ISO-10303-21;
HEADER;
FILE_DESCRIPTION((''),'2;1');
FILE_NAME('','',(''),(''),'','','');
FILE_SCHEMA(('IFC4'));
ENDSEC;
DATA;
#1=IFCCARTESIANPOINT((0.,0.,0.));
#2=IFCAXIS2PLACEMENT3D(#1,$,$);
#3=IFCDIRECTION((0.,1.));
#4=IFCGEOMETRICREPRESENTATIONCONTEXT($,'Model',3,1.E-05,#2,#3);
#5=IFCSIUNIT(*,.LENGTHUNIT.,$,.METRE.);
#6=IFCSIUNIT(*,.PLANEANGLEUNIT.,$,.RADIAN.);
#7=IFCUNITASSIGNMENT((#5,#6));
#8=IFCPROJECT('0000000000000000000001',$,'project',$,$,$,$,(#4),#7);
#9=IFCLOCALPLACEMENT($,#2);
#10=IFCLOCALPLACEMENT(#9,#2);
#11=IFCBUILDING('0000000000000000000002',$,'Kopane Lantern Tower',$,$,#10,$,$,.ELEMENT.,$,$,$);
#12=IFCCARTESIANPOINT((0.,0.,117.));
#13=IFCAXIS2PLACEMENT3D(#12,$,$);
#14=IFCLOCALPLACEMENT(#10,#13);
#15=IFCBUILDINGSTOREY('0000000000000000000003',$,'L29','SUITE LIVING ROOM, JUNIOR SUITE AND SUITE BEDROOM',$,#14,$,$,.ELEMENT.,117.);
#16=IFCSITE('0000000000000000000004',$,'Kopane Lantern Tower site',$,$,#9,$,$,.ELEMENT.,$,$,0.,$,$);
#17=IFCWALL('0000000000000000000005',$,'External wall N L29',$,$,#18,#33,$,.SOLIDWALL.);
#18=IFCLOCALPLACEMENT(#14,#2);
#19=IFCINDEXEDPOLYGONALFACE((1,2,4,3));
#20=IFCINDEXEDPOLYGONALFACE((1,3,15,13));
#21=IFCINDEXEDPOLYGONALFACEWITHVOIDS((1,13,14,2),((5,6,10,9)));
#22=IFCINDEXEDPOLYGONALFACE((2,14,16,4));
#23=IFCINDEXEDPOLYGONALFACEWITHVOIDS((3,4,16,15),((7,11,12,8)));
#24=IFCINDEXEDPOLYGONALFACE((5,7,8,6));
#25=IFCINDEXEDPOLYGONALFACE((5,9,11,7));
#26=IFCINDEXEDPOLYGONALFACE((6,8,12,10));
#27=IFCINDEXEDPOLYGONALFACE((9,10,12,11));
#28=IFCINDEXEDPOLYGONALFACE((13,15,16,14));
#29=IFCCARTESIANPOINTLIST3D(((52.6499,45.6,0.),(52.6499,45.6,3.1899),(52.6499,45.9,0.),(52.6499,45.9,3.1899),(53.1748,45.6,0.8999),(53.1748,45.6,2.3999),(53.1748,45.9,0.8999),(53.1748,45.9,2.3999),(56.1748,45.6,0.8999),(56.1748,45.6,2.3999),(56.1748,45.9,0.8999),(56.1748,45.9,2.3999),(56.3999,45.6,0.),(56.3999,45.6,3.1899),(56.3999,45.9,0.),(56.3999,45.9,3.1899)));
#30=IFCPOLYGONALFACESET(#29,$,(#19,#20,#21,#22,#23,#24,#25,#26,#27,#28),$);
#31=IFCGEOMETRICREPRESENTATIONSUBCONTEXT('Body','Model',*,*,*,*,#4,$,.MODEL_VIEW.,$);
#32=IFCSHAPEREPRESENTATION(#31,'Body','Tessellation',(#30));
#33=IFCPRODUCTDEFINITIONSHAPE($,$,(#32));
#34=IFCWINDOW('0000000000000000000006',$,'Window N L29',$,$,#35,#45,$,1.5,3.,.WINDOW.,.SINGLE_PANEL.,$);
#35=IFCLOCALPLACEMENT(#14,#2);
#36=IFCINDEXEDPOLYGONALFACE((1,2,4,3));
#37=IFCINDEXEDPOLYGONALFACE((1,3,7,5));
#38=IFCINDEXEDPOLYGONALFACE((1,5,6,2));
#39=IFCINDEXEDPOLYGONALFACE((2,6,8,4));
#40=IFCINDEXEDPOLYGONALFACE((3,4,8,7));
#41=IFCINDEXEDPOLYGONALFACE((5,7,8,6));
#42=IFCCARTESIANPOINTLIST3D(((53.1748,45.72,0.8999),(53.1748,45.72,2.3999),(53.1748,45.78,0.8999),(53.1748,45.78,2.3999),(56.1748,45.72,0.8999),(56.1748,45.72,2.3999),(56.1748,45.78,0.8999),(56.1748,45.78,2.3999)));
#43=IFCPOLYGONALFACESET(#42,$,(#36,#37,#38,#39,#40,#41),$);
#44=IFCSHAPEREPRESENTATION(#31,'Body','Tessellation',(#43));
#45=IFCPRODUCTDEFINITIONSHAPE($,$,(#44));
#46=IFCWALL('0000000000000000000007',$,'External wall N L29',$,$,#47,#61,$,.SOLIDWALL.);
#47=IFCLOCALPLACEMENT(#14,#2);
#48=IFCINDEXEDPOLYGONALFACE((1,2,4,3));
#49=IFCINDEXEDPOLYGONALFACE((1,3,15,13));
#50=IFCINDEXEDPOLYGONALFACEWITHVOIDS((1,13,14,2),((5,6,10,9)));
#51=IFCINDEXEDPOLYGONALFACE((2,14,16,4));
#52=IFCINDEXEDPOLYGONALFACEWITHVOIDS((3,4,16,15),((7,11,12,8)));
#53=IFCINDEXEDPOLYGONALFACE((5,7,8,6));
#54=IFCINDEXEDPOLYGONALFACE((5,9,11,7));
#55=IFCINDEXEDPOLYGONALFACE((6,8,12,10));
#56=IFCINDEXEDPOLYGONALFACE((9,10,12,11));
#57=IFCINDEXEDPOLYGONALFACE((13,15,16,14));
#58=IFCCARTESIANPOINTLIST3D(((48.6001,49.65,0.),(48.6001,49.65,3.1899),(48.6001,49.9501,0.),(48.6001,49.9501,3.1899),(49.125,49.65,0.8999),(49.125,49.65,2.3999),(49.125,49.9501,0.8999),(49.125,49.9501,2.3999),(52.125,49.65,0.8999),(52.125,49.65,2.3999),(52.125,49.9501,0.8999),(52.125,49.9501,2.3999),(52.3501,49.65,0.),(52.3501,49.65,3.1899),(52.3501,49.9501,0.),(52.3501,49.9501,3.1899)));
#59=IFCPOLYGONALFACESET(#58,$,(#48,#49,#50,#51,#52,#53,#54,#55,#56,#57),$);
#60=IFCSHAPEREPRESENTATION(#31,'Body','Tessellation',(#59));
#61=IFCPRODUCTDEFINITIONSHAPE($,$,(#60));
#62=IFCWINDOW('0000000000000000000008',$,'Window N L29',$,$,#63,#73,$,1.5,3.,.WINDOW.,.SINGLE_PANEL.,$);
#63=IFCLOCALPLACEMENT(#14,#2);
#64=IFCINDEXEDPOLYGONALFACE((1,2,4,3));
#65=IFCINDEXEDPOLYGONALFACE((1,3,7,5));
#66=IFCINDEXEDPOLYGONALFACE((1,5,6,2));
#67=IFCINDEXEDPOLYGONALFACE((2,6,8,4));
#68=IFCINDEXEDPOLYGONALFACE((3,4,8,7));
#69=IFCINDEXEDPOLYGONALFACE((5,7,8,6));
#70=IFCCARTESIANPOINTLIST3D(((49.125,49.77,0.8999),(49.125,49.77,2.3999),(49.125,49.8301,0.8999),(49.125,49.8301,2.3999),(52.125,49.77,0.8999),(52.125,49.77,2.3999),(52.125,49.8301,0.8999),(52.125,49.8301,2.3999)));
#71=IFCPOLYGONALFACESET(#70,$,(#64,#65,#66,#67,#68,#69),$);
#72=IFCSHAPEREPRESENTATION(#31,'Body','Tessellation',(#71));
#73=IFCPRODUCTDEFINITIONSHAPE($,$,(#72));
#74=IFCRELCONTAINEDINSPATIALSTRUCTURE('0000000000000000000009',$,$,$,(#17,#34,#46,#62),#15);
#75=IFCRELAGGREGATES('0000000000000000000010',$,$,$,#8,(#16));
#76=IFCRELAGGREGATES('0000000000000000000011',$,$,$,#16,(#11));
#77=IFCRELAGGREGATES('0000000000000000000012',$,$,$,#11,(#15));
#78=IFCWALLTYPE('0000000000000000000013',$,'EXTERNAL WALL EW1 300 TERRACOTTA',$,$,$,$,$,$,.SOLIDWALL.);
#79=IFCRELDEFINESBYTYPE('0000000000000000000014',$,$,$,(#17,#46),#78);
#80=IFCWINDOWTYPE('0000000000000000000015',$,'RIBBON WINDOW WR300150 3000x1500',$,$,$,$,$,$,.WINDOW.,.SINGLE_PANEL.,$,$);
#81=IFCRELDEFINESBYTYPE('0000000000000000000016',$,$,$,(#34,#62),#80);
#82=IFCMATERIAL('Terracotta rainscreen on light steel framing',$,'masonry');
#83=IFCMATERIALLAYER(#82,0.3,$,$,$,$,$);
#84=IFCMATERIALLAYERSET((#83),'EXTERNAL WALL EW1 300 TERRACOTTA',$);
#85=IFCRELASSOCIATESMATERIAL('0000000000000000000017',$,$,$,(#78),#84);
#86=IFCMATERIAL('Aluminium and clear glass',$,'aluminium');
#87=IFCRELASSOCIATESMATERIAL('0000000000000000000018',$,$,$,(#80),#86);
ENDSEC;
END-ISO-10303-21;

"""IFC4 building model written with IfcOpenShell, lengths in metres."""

from ifc_helpers import new_model, si_unit, direction, frame, frame_2d, origin, place, context, subcontext, project, spatial, rectangle, extrude, material, layer, layer_set, type_object, element, fill, save


model = new_model("IFC4")

# Units and contexts
model_context = context("Model", 3, precision=1e-05, world=origin(), true_north=direction((0.0, 1.0)))
body_context = subcontext(model_context, "Body", "Model", "MODEL_VIEW")
ifc_project = project(units=[si_unit("LENGTHUNIT", "METRE"), si_unit("PLANEANGLEUNIT", "RADIAN")], contexts=[model_context])

# Site, building, storey
site_placement = place(None, origin())
site = spatial("IfcSite", under=ifc_project, at=site_placement, Name="Kopane Lantern Tower site", CompositionType="ELEMENT", RefElevation=0.0)
building_placement = place(site_placement, origin())
building = spatial("IfcBuilding", under=site, at=building_placement, Name="Kopane Lantern Tower", CompositionType="ELEMENT")
storey_placement = place(building_placement, frame((0.0, 0.0, 117.0)))
storey = spatial("IfcBuildingStorey", under=building, at=storey_placement, Name="L29", Description="SUITE LIVING ROOM, JUNIOR SUITE AND SUITE BEDROOM", CompositionType="ELEMENT", Elevation=117.0)

# Walls, openings, windows
ifc_material_1 = material(Name="Terracotta rainscreen on light steel framing", Category="masonry")
ifc_layer_1 = layer(ifc_material_1, 0.3)
ifc_layer_set_1 = layer_set([ifc_layer_1], Name="EXTERNAL WALL EW1 300 TERRACOTTA")
wall_type_1 = type_object("IfcWallType", Name="EXTERNAL WALL EW1 300 TERRACOTTA", PredefinedType="SOLIDWALL", material=ifc_layer_set_1)
wall_1_placement = place(storey_placement, frame((56.3999, 45.75, 0.0), z_axis=(0.0, 0.0, 1.0), x_axis=(-1.0, 0.0, 0.0)))
wall_1 = element("IfcWall", 1, at=wall_1_placement, inside=storey, type_object=wall_type_1, Name="External wall N L29", PredefinedType="SOLIDWALL", context=body_context, shape_type="SweptSolid", body=[
    extrude(rectangle(XDim=3.75, YDim=0.3, at=frame_2d((1.875, 0.0))), origin(), (0.0, 0.0, 1.0), 3.1899),
])
opening_1_placement = place(wall_1_placement, frame((0.2251, 0.0, 0.8999)))
opening_1 = element("IfcOpeningElement", 2, at=opening_1_placement, cuts=wall_1, PredefinedType="OPENING", context=body_context, shape_type="SweptSolid", body=[
    extrude(rectangle(XDim=3.0, YDim=1.5, at=frame_2d((1.5, 0.75))), frame((0.0, 0.1599, 0.0), z_axis=(0.0, -1.0, 0.0), x_axis=(1.0, 0.0, 0.0)), (0.0, 0.0, 1.0), 0.3201),
])
ifc_material_2 = material(Name="Aluminium and clear glass", Category="aluminium")
window_type = type_object("IfcWindowType", Name="RIBBON WINDOW WR300150 3000x1500", PartitioningType="SINGLE_PANEL", PredefinedType="WINDOW", material=ifc_material_2)
window_1_placement = place(opening_1_placement, origin())
window_1 = element("IfcWindow", 3, at=window_1_placement, inside=storey, type_object=window_type, Name="Window N L29", OverallHeight=1.5, OverallWidth=3.0, PartitioningType="SINGLE_PANEL", PredefinedType="WINDOW", context=body_context, shape_type="SweptSolid", body=[
    extrude(rectangle(XDim=3.0, YDim=1.5, at=frame_2d((1.5, 0.75))), frame((0.0, 0.03, 0.0), z_axis=(0.0, -1.0, 0.0), x_axis=(1.0, 0.0, 0.0)), (0.0, 0.0, 1.0), 0.0601),
])
fill(opening_1, window_1)
wall_2_placement = place(storey_placement, frame((52.3501, 49.8, 0.0), z_axis=(0.0, 0.0, 1.0), x_axis=(-1.0, 0.0, 0.0)))
wall_2 = element("IfcWall", 4, at=wall_2_placement, inside=storey, type_object=wall_type_1, Name="External wall N L29", PredefinedType="SOLIDWALL", context=body_context, shape_type="SweptSolid", body=[
    extrude(rectangle(XDim=3.75, YDim=0.3, at=frame_2d((1.875, 0.0))), origin(), (0.0, 0.0, 1.0), 3.1899),
])
opening_2_placement = place(wall_2_placement, frame((0.2251, 0.0, 0.8999)))
opening_2 = element("IfcOpeningElement", 5, at=opening_2_placement, cuts=wall_2, PredefinedType="OPENING", context=body_context, shape_type="SweptSolid", body=[
    extrude(rectangle(XDim=3.0, YDim=1.5, at=frame_2d((1.5, 0.75))), frame((0.0, 0.1599, 0.0), z_axis=(0.0, -1.0, 0.0), x_axis=(1.0, 0.0, 0.0)), (0.0, 0.0, 1.0), 0.3201),
])
window_2_placement = place(opening_2_placement, origin())
window_2 = element("IfcWindow", 6, at=window_2_placement, inside=storey, type_object=window_type, Name="Window N L29", OverallHeight=1.5, OverallWidth=3.0, PartitioningType="SINGLE_PANEL", PredefinedType="WINDOW", context=body_context, shape_type="SweptSolid", body=[
    extrude(rectangle(XDim=3.0, YDim=1.5, at=frame_2d((1.5, 0.75))), frame((0.0, 0.03, 0.0), z_axis=(0.0, -1.0, 0.0), x_axis=(1.0, 0.0, 0.0)), (0.0, 0.0, 1.0), 0.0601),
])
fill(opening_2, window_2)

save(model, "model.ifc")
